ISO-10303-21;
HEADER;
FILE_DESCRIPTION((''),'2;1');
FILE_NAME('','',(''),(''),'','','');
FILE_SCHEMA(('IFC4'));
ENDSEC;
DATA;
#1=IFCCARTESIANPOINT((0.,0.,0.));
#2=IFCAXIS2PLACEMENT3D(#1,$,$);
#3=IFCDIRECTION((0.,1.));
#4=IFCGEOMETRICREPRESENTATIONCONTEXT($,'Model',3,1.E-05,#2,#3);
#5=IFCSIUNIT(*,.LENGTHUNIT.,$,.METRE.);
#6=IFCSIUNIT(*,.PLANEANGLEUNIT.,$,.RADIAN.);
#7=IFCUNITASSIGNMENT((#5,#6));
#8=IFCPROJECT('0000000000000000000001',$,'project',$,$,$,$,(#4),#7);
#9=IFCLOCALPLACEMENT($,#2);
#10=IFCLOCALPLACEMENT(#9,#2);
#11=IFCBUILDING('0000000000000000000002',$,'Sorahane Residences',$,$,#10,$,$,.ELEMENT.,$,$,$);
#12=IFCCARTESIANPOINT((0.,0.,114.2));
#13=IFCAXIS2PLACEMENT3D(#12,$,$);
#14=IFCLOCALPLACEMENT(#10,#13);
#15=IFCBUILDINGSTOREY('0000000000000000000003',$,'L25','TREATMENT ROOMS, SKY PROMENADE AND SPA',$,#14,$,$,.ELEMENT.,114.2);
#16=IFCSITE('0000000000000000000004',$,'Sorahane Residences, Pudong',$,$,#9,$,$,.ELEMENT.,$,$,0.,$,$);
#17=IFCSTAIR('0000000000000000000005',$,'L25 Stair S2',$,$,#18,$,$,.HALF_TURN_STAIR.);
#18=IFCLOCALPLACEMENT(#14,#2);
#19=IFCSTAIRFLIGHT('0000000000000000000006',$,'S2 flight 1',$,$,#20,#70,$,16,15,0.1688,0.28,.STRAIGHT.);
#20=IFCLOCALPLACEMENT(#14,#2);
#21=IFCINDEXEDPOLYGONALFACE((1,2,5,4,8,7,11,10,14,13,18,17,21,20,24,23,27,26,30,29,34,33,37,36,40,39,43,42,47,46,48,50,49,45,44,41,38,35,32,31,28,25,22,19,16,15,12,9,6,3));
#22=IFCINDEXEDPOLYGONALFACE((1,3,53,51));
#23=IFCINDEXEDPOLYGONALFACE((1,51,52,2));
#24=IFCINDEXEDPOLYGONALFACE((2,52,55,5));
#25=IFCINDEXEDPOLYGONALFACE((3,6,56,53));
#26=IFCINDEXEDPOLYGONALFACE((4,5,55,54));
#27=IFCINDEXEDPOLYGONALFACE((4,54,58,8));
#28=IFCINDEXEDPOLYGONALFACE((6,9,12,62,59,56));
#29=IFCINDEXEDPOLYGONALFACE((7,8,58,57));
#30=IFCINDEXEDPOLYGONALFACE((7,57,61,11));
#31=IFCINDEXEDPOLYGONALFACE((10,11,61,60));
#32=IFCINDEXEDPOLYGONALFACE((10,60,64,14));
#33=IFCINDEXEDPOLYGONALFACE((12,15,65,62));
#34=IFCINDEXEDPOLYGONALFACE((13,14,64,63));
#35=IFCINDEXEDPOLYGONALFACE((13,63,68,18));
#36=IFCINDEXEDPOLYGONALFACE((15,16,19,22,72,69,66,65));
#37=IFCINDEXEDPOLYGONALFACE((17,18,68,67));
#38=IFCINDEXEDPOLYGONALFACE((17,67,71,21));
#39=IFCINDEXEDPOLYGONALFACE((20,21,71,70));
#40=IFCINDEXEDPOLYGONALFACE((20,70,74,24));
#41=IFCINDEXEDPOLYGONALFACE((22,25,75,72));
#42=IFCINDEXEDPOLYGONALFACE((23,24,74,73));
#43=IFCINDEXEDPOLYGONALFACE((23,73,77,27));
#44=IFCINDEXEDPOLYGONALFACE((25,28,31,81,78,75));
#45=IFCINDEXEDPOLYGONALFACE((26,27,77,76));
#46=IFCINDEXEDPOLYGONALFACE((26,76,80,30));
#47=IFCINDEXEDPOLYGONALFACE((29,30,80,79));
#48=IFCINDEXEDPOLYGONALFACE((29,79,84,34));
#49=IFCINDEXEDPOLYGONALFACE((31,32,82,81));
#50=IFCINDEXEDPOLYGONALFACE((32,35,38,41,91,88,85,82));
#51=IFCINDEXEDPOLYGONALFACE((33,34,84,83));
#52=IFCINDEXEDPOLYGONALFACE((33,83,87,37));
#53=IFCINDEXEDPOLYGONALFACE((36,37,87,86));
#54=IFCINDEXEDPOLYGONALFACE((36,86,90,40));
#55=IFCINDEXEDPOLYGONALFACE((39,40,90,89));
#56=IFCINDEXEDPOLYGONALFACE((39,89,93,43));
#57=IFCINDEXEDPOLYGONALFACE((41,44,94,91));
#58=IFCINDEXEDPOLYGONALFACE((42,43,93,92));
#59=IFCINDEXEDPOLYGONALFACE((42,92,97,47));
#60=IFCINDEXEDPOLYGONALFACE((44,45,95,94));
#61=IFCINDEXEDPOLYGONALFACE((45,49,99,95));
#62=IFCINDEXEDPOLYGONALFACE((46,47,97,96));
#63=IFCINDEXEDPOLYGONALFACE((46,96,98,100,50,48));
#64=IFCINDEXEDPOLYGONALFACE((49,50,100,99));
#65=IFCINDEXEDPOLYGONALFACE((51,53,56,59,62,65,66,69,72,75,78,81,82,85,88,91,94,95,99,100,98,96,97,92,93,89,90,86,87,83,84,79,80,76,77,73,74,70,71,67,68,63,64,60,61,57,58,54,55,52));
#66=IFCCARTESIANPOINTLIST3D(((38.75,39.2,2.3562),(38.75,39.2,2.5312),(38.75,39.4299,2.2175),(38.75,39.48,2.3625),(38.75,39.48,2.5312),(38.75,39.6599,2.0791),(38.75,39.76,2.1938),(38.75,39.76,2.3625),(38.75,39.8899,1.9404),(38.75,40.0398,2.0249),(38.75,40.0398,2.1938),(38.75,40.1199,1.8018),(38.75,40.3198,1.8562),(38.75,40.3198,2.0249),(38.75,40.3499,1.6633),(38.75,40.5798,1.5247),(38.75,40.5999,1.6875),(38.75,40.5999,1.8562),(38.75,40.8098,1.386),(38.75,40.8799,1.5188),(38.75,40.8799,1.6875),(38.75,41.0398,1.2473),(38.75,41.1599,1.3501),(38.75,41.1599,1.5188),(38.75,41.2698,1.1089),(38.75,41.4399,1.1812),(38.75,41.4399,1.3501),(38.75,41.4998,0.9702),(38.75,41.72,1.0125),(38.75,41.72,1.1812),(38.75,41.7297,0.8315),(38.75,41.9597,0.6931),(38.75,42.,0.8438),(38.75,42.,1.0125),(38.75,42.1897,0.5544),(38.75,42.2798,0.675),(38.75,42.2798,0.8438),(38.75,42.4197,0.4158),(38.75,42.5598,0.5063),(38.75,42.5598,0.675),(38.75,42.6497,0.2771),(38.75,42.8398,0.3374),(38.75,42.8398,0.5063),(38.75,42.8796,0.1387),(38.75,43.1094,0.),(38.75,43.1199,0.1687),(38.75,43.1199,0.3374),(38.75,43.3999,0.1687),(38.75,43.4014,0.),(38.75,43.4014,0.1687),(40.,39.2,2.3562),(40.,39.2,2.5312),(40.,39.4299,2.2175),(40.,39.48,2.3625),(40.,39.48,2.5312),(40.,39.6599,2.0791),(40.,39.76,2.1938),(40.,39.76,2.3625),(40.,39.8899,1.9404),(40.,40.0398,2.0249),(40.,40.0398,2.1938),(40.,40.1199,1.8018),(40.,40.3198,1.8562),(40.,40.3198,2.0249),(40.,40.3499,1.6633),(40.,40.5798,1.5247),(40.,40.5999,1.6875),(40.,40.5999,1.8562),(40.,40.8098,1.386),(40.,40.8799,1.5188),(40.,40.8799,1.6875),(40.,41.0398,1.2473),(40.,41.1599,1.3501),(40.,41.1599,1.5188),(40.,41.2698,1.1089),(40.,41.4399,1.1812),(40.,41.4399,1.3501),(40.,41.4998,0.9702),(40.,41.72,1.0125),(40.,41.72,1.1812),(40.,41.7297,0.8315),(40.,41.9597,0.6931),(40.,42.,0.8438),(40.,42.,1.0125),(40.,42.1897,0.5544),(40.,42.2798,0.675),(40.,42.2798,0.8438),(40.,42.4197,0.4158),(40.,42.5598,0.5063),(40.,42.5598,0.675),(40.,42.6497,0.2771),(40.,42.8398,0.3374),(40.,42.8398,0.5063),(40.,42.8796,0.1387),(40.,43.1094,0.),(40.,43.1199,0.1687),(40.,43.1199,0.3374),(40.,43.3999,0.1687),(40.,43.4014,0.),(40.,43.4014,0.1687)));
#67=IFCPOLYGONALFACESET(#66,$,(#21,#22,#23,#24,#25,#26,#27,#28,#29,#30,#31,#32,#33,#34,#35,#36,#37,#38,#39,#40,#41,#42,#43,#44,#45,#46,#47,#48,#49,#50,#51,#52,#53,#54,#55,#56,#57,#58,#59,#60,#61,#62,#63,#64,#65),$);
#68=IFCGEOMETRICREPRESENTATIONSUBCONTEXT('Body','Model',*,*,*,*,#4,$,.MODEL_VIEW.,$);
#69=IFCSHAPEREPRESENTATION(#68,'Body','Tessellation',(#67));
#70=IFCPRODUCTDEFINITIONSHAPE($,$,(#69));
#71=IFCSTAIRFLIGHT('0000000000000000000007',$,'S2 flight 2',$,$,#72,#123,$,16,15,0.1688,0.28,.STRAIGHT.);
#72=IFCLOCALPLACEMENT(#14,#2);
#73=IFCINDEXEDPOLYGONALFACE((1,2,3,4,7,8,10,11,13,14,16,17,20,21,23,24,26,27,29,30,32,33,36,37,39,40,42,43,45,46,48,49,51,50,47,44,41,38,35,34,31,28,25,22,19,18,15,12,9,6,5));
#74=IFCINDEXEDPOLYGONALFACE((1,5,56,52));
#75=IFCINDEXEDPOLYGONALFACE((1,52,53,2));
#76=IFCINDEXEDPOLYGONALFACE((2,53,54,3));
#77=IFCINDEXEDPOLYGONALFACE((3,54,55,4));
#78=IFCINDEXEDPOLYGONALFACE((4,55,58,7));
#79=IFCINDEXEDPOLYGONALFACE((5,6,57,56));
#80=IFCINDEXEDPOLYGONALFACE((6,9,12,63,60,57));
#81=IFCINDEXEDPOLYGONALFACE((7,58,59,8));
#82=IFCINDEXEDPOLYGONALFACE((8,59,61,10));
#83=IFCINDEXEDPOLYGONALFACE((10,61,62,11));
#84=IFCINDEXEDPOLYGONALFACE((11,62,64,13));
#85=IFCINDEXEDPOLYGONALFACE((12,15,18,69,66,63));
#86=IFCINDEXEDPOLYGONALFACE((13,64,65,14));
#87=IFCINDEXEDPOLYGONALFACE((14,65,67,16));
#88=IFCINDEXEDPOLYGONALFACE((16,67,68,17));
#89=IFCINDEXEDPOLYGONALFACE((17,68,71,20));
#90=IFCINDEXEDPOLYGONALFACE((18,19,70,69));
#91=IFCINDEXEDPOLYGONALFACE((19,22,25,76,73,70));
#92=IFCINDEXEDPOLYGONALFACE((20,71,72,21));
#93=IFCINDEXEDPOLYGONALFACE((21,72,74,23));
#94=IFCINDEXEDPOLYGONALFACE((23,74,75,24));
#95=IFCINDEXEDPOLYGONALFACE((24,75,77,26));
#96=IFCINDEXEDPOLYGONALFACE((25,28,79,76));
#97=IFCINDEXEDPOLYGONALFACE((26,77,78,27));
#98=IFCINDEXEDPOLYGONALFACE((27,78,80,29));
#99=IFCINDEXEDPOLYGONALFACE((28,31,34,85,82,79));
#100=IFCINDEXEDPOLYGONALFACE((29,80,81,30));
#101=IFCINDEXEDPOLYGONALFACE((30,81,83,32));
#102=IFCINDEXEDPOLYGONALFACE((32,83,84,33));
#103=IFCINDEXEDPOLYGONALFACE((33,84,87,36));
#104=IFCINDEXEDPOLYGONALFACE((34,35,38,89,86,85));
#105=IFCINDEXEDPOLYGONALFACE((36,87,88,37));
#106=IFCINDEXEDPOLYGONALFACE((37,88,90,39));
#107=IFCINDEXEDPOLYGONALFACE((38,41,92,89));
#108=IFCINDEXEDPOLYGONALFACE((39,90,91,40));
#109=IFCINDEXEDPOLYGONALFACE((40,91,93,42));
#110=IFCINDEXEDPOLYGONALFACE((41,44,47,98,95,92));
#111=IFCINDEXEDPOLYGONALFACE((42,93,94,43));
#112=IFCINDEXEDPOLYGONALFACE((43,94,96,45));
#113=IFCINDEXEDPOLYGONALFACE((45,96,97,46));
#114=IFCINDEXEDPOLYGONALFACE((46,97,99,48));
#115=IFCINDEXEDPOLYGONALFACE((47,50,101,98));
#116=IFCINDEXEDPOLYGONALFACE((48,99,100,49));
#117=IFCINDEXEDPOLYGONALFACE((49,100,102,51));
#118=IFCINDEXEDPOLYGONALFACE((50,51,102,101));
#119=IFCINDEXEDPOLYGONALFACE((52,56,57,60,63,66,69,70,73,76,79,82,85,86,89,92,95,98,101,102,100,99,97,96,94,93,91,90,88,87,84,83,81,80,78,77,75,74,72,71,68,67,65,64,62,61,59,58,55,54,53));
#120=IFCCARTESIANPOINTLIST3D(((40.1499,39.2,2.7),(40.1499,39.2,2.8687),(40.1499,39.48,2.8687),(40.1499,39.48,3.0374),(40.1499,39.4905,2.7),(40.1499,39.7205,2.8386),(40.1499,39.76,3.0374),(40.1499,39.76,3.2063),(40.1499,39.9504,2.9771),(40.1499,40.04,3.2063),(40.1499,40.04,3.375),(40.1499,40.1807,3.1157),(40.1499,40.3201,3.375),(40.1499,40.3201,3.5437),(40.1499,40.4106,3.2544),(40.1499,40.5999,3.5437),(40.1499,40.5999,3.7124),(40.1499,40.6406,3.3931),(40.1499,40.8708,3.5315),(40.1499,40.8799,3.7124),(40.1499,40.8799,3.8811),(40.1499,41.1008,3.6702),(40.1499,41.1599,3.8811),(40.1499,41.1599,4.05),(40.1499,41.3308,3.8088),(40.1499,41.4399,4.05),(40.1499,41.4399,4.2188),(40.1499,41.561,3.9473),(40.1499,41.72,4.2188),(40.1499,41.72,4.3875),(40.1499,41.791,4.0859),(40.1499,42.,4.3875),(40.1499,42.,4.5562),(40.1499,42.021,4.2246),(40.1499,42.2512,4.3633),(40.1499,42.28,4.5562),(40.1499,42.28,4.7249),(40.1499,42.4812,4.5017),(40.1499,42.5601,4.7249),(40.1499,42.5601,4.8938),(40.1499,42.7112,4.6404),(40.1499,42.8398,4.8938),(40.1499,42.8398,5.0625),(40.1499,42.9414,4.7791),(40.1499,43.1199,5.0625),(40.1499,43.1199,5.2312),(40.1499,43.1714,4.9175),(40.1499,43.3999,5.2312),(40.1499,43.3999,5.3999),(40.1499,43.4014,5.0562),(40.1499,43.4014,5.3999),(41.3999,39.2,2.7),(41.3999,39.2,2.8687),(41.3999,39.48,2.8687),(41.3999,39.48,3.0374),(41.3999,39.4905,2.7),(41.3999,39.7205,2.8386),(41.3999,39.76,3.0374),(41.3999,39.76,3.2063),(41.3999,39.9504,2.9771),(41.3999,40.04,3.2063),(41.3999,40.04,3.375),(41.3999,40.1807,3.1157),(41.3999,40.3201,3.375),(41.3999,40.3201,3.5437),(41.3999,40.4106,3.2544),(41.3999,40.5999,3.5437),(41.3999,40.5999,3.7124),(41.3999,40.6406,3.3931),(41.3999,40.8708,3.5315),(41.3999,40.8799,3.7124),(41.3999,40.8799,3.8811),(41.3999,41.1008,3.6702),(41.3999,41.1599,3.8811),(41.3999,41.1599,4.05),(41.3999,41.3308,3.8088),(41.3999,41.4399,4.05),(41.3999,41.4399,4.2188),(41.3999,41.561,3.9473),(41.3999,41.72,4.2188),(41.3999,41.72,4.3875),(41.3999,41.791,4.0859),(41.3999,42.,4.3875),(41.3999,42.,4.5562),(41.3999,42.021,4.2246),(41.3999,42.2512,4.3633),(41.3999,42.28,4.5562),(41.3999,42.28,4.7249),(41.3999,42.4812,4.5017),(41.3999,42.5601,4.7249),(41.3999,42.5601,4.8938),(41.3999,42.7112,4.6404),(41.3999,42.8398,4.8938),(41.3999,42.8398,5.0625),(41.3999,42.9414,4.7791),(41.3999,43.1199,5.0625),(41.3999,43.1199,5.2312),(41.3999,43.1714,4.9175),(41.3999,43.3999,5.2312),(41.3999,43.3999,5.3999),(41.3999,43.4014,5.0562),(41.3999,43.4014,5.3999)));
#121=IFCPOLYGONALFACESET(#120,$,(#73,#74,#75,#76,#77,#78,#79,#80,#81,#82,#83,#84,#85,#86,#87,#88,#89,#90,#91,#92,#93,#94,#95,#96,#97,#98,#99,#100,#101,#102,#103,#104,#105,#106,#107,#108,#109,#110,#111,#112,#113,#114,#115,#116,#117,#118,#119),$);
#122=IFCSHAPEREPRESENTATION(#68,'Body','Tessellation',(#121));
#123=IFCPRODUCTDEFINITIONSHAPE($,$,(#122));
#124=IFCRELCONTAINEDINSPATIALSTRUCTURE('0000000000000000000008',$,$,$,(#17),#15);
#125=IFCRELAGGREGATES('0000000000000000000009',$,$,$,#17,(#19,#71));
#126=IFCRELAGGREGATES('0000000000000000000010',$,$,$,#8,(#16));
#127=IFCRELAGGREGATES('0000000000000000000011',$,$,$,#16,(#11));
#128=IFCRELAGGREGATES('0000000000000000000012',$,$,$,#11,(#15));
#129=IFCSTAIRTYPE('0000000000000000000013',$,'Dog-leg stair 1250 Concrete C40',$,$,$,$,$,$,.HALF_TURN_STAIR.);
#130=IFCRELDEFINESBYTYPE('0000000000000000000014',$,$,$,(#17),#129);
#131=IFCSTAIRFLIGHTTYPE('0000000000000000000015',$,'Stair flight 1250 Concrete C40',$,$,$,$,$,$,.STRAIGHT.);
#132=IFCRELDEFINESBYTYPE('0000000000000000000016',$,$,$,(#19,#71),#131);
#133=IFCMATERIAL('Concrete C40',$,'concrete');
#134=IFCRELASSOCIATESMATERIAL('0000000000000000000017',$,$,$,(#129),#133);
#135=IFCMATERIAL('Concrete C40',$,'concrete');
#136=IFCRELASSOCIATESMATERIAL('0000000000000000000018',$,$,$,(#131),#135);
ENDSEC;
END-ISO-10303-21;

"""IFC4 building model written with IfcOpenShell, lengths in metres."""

from ifc_helpers import new_model, si_unit, direction, frame, origin, place, context, subcontext, project, spatial, polyline, outline, extrude, material, type_object, element, aggregate, save


model = new_model("IFC4")

# Units and contexts
model_context = context("Model", 3, precision=1e-05, world=origin(), true_north=direction((0.0, 1.0)))
body_context = subcontext(model_context, "Body", "Model", "MODEL_VIEW")
ifc_project = project(units=[si_unit("LENGTHUNIT", "METRE"), si_unit("PLANEANGLEUNIT", "RADIAN")], contexts=[model_context])

# Site, building, storey
site_placement = place(None, origin())
site = spatial("IfcSite", under=ifc_project, at=site_placement, Name="Sorahane Residences, Pudong", CompositionType="ELEMENT", RefElevation=0.0)
building_placement = place(site_placement, origin())
building = spatial("IfcBuilding", under=site, at=building_placement, Name="Sorahane Residences", CompositionType="ELEMENT")
storey_placement = place(building_placement, frame((0.0, 0.0, 114.2)))
storey = spatial("IfcBuildingStorey", under=building, at=storey_placement, Name="L25", Description="TREATMENT ROOMS, SKY PROMENADE AND SPA", CompositionType="ELEMENT", Elevation=114.2)

# Stair, stair flights
ifc_material_1 = material(Name="Concrete C40", Category="concrete")
stair_type = type_object("IfcStairType", Name="Dog-leg stair 1250 Concrete C40", PredefinedType="HALF_TURN_STAIR", material=ifc_material_1)
stair_1_placement = place(storey_placement, origin())
stair_1 = element("IfcStair", 1, at=stair_1_placement, inside=storey, type_object=stair_type, Name="L25 Stair S2", PredefinedType="HALF_TURN_STAIR")
ifc_material_2 = material(Name="Concrete C40", Category="concrete")
stair_flight_type = type_object("IfcStairFlightType", Name="Stair flight 1250 Concrete C40", PredefinedType="STRAIGHT", material=ifc_material_2)
stair_flight_1_placement = place(storey_placement, frame((39.375, 43.3999, 0.0), z_axis=(0.0, 0.0, 1.0), x_axis=(0.0, -1.0, 0.0)))
stair_flight_1 = element("IfcStairFlight", 2, at=stair_flight_1_placement, type_object=stair_flight_type, Name="S2 flight 1", NumberOfRisers=16, NumberOfTreads=15, PredefinedType="STRAIGHT", RiserHeight=0.1688, TreadLength=0.28, context=body_context, shape_type="SweptSolid", body=[
    extrude(outline(polyline([(-0.0015, 0.0), (-0.0015, 0.1687), (0.0, 0.1687), (0.28, 0.1687), (0.28, 0.3374), (0.5601, 0.3374), (0.5601, 0.5063), (0.8401, 0.5063), (0.8401, 0.675), (1.1201, 0.675), (1.1201, 0.8438), (1.3999, 0.8438), (1.3999, 1.0125), (1.6799, 1.0125), (1.6799, 1.1812), (1.96, 1.1812), (1.96, 1.3501), (2.24, 1.3501), (2.24, 1.5188), (2.52, 1.5188), (2.52, 1.6875), (2.8, 1.6875), (2.8, 1.8562), (3.0801, 1.8562), (3.0801, 2.0249), (3.3601, 2.0249), (3.3601, 2.1938), (3.6399, 2.1938), (3.6399, 2.3625), (3.9199, 2.3625), (3.9199, 2.5312), (4.2, 2.5312), (4.2, 2.7), (4.2, 2.3562), (3.97, 2.2175), (3.74, 2.0791), (3.51, 1.9404), (3.28, 1.8018), (3.05, 1.6633), (2.8201, 1.5247), (2.5901, 1.386), (2.3601, 1.2473), (2.1301, 1.1089), (1.9001, 0.9702), (1.6702, 0.8315), (1.4402, 0.6931), (1.2102, 0.5544), (0.9802, 0.4158), (0.7502, 0.2771), (0.5203, 0.1387), (0.2905, 0.0), (-0.0015, 0.0)])), frame((0.0, 0.625, 0.0), z_axis=(0.0, -1.0, 0.0), x_axis=(1.0, 0.0, 0.0)), (0.0, 0.0, 1.0), 1.25),
])
stair_flight_2_placement = place(storey_placement, frame((40.7749, 39.2, 2.7), z_axis=(0.0, 0.0, 1.0), x_axis=(0.0, 1.0, 0.0)))
stair_flight_2 = element("IfcStairFlight", 3, at=stair_flight_2_placement, type_object=stair_flight_type, Name="S2 flight 2", NumberOfRisers=16, NumberOfTreads=15, PredefinedType="STRAIGHT", RiserHeight=0.1688, TreadLength=0.28, context=body_context, shape_type="SweptSolid", body=[
    extrude(outline(polyline([(0.0, 0.0), (0.0, 0.1687), (0.28, 0.1687), (0.28, 0.3374), (0.5601, 0.3374), (0.5601, 0.5063), (0.8401, 0.5063), (0.8401, 0.675), (1.1201, 0.675), (1.1201, 0.8438), (1.3999, 0.8438), (1.3999, 1.0125), (1.6799, 1.0125), (1.6799, 1.1812), (1.96, 1.1812), (1.96, 1.3501), (2.24, 1.3501), (2.24, 1.5188), (2.52, 1.5188), (2.52, 1.6875), (2.8, 1.6875), (2.8, 1.8562), (3.0801, 1.8562), (3.0801, 2.0249), (3.3601, 2.0249), (3.3601, 2.1938), (3.6399, 2.1938), (3.6399, 2.3625), (3.9199, 2.3625), (3.9199, 2.5312), (4.2, 2.5312), (4.2, 2.7), (4.2014, 2.7), (4.2014, 2.3562), (3.9714, 2.2175), (3.7415, 2.0791), (3.5112, 1.9404), (3.2812, 1.8018), (3.0513, 1.6633), (2.821, 1.5247), (2.5911, 1.386), (2.3611, 1.2473), (2.1309, 1.1089), (1.9009, 0.9702), (1.6709, 0.8315), (1.4407, 0.6931), (1.2107, 0.5544), (0.9807, 0.4158), (0.7505, 0.2771), (0.5205, 0.1387), (0.2905, 0.0), (0.0, 0.0)])), frame((0.0, 0.625, 0.0), z_axis=(0.0, -1.0, 0.0), x_axis=(1.0, 0.0, 0.0)), (0.0, 0.0, 1.0), 1.25),
])
aggregate(stair_1, [stair_flight_1, stair_flight_2])

save(model, "model.ifc")
